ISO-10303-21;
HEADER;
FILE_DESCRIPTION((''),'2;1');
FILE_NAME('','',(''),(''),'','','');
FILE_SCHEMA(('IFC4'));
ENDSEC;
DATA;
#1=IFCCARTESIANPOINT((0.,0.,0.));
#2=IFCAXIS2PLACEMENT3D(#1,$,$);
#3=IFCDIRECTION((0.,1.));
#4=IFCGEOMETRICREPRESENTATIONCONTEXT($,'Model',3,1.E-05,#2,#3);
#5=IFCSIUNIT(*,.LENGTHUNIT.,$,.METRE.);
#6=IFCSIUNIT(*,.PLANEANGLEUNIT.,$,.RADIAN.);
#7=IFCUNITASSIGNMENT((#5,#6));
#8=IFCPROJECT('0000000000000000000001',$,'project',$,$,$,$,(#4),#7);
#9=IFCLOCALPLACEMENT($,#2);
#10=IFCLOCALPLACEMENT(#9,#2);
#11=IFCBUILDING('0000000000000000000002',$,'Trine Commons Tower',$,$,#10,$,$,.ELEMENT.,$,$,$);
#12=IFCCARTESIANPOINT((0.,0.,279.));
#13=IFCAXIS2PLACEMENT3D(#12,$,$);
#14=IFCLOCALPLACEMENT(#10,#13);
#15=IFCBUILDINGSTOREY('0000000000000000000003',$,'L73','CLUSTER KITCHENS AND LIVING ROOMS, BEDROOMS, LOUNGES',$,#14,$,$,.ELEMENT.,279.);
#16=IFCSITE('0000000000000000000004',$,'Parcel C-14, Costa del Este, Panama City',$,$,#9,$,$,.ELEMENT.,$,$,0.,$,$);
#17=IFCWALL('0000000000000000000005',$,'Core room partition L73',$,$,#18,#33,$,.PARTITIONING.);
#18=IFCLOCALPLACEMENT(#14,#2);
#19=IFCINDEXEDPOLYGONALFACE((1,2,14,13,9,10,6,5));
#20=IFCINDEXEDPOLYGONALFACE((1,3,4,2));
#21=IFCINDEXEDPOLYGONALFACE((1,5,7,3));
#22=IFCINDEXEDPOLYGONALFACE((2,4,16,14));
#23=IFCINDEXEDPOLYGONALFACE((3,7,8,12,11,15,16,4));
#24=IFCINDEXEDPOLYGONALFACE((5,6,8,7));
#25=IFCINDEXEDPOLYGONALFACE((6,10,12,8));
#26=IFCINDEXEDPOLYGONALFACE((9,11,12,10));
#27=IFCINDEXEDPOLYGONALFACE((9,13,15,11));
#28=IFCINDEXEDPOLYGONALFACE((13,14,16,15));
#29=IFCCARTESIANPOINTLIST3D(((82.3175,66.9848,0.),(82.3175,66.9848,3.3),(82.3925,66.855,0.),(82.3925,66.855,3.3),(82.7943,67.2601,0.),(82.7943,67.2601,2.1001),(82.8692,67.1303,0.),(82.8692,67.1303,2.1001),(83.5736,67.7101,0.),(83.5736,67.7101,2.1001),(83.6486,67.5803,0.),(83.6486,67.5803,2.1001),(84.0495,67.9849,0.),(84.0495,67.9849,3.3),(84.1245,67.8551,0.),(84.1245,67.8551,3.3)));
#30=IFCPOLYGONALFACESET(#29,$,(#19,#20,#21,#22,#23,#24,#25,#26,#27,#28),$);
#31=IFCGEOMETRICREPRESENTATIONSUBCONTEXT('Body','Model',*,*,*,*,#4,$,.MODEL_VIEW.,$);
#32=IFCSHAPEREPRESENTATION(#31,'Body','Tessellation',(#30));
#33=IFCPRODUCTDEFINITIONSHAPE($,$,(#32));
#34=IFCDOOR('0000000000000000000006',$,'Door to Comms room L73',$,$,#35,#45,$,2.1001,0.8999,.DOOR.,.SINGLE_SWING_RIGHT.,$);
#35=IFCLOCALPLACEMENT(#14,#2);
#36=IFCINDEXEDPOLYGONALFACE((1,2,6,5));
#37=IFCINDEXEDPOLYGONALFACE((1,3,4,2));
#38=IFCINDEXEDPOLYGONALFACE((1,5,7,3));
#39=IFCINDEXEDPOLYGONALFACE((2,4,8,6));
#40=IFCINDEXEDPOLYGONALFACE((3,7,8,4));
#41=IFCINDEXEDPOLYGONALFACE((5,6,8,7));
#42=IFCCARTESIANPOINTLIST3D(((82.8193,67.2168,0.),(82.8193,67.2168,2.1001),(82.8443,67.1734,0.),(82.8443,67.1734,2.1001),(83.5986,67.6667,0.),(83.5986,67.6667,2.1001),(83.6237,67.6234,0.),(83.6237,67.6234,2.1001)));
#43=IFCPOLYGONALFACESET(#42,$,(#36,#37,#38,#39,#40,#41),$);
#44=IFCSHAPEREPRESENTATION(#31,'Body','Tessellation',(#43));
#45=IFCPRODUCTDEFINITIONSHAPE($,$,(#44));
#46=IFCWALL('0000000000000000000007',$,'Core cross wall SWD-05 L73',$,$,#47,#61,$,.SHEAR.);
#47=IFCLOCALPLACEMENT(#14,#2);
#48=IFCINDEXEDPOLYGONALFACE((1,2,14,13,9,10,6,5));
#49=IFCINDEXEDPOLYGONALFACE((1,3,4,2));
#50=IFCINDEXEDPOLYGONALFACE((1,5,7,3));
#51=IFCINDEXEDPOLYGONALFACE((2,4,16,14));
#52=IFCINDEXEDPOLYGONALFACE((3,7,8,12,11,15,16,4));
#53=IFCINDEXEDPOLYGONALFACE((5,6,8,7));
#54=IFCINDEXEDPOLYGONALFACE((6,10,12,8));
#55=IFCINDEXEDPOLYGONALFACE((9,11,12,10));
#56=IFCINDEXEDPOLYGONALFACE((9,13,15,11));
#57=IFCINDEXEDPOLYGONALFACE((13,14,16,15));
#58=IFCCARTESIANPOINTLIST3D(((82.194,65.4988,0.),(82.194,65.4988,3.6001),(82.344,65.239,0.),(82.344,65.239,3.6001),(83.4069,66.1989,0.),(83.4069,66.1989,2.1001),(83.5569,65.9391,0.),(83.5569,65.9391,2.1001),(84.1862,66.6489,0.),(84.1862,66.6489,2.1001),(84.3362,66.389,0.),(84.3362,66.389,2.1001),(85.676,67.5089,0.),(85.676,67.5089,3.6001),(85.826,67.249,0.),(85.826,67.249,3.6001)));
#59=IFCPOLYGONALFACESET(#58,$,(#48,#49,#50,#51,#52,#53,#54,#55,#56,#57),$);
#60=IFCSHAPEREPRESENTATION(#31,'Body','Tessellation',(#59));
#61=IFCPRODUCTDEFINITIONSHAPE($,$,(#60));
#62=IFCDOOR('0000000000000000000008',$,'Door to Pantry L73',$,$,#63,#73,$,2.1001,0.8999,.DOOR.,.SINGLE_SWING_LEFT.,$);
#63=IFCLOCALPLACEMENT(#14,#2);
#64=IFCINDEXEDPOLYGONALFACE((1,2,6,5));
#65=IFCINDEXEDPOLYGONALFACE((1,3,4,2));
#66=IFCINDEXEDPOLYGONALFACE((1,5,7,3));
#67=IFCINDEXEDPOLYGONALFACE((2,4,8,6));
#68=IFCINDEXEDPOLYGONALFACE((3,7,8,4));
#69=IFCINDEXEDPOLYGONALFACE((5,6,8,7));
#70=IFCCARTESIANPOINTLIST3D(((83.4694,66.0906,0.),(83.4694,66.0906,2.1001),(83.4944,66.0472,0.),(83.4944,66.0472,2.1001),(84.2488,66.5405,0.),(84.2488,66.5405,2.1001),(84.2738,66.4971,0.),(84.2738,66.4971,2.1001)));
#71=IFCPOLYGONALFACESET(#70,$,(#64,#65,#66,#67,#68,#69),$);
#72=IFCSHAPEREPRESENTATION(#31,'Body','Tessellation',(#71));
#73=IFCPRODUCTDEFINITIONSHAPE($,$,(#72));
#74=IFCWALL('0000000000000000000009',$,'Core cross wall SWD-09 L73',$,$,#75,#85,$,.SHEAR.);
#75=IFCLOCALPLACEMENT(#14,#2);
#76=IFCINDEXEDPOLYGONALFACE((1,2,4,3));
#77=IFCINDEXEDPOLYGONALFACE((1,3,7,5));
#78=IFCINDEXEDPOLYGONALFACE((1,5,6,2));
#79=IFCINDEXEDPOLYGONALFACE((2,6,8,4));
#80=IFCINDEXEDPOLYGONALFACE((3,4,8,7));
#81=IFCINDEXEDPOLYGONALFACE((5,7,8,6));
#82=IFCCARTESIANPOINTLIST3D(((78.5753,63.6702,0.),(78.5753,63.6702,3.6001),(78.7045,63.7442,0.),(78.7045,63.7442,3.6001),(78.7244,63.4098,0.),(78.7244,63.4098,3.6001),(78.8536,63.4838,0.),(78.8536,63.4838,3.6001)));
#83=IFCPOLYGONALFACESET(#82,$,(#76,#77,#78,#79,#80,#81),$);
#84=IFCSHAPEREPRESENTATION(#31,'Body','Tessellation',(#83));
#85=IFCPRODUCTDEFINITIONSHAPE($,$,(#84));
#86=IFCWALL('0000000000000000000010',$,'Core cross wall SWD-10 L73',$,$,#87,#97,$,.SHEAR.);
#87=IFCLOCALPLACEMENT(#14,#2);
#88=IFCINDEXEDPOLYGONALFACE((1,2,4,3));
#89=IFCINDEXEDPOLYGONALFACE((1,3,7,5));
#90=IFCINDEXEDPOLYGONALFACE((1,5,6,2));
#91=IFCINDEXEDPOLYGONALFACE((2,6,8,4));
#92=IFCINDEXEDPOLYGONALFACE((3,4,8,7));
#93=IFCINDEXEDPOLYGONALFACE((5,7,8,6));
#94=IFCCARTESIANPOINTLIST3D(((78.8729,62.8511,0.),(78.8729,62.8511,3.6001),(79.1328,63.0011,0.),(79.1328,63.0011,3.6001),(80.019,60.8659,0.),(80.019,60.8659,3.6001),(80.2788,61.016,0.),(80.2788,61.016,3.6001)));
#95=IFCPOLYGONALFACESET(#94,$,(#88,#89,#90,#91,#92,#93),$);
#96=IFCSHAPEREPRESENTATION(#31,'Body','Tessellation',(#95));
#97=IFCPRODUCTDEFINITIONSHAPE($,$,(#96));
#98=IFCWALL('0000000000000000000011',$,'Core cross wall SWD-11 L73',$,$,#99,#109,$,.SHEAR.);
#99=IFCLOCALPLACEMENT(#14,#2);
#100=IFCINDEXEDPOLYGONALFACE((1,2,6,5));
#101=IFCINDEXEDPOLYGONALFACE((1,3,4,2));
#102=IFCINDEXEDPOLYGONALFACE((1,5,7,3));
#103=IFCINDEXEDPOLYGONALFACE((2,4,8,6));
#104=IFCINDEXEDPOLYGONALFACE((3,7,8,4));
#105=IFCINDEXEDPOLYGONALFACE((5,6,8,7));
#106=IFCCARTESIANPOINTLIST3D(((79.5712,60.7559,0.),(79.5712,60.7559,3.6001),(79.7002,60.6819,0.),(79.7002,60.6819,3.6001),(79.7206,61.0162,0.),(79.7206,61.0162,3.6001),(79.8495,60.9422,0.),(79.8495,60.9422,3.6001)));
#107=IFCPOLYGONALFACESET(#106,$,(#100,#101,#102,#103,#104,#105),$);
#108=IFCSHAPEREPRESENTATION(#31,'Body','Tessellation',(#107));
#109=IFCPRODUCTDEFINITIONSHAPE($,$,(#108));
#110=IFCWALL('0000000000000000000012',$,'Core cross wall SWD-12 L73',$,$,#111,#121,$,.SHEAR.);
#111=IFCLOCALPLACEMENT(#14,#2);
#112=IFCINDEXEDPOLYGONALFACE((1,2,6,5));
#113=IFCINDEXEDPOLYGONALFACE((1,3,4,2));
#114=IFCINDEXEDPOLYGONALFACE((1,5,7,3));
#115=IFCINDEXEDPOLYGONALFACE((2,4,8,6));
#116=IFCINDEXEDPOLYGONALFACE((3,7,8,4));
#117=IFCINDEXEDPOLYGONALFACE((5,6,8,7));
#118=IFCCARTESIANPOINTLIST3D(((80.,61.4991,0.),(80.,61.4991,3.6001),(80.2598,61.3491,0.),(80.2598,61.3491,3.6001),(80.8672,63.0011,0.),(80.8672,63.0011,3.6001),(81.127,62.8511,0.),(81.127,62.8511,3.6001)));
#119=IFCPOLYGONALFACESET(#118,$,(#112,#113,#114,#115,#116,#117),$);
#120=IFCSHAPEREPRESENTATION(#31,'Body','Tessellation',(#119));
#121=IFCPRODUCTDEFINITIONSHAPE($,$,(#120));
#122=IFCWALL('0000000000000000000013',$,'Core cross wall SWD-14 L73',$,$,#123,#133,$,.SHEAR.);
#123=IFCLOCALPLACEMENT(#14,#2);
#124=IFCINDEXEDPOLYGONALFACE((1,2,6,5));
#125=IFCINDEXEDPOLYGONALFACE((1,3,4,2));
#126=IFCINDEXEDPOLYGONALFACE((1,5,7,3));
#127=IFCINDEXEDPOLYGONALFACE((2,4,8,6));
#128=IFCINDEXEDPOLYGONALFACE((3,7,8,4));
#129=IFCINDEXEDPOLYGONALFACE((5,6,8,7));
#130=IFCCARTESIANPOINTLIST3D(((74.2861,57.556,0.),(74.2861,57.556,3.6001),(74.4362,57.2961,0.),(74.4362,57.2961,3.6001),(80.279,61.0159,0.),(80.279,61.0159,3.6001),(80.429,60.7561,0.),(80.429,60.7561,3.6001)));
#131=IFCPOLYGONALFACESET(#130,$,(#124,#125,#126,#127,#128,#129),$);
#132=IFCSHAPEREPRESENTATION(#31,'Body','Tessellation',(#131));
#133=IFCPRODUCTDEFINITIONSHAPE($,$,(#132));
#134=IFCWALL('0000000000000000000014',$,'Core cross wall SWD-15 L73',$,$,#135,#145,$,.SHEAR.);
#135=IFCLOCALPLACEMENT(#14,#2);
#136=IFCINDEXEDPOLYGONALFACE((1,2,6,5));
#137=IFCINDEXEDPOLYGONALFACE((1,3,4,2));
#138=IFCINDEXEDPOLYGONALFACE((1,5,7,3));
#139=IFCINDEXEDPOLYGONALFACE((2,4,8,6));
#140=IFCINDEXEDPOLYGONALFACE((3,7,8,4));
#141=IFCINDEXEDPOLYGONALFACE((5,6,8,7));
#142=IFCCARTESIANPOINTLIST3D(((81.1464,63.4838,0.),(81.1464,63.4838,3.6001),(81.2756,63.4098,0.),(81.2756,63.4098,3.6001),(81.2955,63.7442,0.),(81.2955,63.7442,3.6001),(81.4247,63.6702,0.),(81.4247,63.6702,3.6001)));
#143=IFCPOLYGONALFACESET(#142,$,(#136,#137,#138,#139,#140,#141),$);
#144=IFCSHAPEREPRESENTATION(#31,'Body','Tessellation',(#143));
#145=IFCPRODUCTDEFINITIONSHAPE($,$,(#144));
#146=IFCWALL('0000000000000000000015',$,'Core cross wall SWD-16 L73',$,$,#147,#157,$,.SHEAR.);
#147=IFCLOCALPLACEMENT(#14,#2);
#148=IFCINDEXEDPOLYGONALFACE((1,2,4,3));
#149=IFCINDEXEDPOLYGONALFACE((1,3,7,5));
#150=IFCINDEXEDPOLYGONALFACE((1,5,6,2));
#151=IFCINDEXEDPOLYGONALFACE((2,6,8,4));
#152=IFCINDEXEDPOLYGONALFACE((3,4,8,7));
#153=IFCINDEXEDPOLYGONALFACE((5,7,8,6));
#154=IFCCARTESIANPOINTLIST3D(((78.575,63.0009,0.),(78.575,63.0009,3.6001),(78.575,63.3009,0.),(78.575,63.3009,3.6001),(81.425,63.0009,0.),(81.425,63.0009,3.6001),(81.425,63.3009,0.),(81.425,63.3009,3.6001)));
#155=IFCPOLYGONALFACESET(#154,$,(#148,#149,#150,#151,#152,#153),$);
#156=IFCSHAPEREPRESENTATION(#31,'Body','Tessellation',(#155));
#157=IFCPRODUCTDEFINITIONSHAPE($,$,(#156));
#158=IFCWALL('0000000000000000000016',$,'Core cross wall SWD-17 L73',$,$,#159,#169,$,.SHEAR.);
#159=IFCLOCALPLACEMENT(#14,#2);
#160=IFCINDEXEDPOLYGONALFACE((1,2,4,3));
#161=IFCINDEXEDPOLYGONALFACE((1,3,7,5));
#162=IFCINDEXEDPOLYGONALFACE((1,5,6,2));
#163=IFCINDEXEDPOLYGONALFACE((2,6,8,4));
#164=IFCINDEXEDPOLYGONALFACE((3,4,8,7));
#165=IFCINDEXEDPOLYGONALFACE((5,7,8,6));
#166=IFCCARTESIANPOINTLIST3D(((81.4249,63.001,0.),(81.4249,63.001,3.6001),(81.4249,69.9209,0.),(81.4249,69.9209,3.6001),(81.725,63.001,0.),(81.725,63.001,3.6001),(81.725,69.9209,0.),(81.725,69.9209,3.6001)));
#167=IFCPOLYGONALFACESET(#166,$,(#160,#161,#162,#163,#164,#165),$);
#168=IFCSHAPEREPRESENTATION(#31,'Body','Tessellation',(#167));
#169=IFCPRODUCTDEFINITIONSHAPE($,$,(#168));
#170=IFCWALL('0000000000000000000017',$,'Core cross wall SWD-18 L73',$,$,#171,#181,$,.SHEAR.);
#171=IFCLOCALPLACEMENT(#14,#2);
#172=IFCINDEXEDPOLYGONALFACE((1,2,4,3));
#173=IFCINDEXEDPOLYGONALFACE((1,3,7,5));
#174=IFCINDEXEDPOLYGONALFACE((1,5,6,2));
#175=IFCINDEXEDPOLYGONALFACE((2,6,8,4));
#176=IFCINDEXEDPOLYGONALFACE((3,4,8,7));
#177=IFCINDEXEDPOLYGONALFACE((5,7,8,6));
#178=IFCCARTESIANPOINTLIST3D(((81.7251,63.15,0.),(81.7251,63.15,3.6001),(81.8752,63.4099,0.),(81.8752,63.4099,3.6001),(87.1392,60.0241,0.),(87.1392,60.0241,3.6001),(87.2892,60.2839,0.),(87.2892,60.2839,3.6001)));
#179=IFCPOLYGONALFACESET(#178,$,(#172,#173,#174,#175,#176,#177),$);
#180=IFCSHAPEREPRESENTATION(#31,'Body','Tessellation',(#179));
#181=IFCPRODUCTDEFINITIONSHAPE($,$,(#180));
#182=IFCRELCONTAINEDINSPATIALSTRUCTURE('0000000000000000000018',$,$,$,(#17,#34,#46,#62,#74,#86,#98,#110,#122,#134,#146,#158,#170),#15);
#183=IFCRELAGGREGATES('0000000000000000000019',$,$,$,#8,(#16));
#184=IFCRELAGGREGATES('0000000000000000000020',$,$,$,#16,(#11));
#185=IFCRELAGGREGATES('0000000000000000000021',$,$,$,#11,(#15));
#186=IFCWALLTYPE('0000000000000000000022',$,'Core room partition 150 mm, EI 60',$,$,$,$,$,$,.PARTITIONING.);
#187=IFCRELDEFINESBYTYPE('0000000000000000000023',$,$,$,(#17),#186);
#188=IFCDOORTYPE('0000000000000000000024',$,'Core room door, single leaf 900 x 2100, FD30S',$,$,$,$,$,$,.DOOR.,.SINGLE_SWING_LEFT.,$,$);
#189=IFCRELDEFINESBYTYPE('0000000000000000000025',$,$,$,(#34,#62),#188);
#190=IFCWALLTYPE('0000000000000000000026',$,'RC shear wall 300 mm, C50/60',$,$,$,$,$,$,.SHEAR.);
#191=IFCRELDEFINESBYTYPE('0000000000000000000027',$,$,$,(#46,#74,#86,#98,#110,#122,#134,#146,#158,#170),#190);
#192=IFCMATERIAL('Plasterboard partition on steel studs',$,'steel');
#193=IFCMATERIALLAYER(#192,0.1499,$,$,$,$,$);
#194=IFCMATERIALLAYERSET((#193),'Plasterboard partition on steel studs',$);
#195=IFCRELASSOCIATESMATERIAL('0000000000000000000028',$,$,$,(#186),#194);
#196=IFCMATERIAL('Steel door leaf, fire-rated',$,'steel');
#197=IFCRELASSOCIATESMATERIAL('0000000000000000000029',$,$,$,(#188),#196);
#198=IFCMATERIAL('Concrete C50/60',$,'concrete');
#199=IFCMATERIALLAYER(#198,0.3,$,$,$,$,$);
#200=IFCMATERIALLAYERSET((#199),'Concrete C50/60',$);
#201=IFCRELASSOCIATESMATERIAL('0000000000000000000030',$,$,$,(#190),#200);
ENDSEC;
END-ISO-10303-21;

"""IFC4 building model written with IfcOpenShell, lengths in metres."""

from ifc_helpers import new_model, si_unit, direction, frame, frame_2d, origin, place, context, subcontext, project, spatial, rectangle, extrude, material, layer, layer_set, type_object, element, fill, save


model = new_model("IFC4")

# Units and contexts
model_context = context("Model", 3, precision=1e-05, world=origin(), true_north=direction((0.0, 1.0)))
body_context = subcontext(model_context, "Body", "Model", "MODEL_VIEW")
ifc_project = project(units=[si_unit("LENGTHUNIT", "METRE"), si_unit("PLANEANGLEUNIT", "RADIAN")], contexts=[model_context])

# Site, building, storey
site_placement = place(None, origin())
site = spatial("IfcSite", under=ifc_project, at=site_placement, Name="Parcel C-14, Costa del Este, Panama City", CompositionType="ELEMENT", RefElevation=0.0)
building_placement = place(site_placement, origin())
building = spatial("IfcBuilding", under=site, at=building_placement, Name="Trine Commons Tower", CompositionType="ELEMENT")
storey_placement = place(building_placement, frame((0.0, 0.0, 279.0)))
storey = spatial("IfcBuildingStorey", under=building, at=storey_placement, Name="L73", Description="CLUSTER KITCHENS AND LIVING ROOMS, BEDROOMS, LOUNGES", CompositionType="ELEMENT", Elevation=279.0)

# Walls, openings, doors
ifc_material_1 = material(Name="Plasterboard partition on steel studs", Category="steel")
ifc_layer_1 = layer(ifc_material_1, 0.1499)
ifc_layer_set_1 = layer_set([ifc_layer_1], Name="Plasterboard partition on steel studs")
wall_type_1 = type_object("IfcWallType", Name="Core room partition 150 mm, EI 60", PredefinedType="PARTITIONING", material=ifc_layer_set_1)
wall_1_placement = place(storey_placement, frame((82.355, 66.9199, 0.0), z_axis=(0.0, 0.0, 1.0), x_axis=(0.866011, 0.500025, 0.0)))
wall_1 = element("IfcWall", 1, at=wall_1_placement, inside=storey, type_object=wall_type_1, Name="Core room partition L73", PredefinedType="PARTITIONING", context=body_context, shape_type="SweptSolid", body=[
    extrude(rectangle(XDim=2.0, YDim=0.1499, at=frame_2d((1.0, 0.0))), origin(), (0.0, 0.0, 1.0), 3.3),
])
opening_1_placement = place(wall_1_placement, frame((0.5505, 0.0, 0.0)))
opening_1 = element("IfcOpeningElement", 2, at=opening_1_placement, cuts=wall_1, PredefinedType="OPENING", context=body_context, shape_type="SweptSolid", body=[
    extrude(rectangle(XDim=0.8999, YDim=2.1001, at=frame_2d((0.45, 1.05))), frame((0.0, 0.085, 0.0), z_axis=(0.0, -1.0, 0.0), x_axis=(1.0, 0.0, 0.0)), (0.0, 0.0, 1.0), 0.1699),
])
ifc_material_2 = material(Name="Steel door leaf, fire-rated", Category="steel")
door_type = type_object("IfcDoorType", Name="Core room door, single leaf 900 x 2100, FD30S", OperationType="SINGLE_SWING_LEFT", PredefinedType="DOOR", material=ifc_material_2)
door_1_placement = place(opening_1_placement, origin())
door_1 = element("IfcDoor", 3, at=door_1_placement, inside=storey, type_object=door_type, Name="Door to Comms room L73", OperationType="SINGLE_SWING_RIGHT", OverallHeight=2.1001, OverallWidth=0.8999, PredefinedType="DOOR", context=body_context, shape_type="SweptSolid", body=[
    extrude(rectangle(XDim=0.8999, YDim=2.1001, at=frame_2d((0.45, 1.05))), frame((0.0, 0.0249, 0.0), z_axis=(0.0, -1.0, 0.0), x_axis=(1.0, 0.0, 0.0)), (0.0, 0.0, 1.0), 0.05),
])
fill(opening_1, door_1)
ifc_material_3 = material(Name="Concrete C50/60", Category="concrete")
ifc_layer_2 = layer(ifc_material_3, 0.3)
ifc_layer_set_2 = layer_set([ifc_layer_2], Name="Concrete C50/60")
wall_type_2 = type_object("IfcWallType", Name="RC shear wall 300 mm, C50/60", PredefinedType="SHEAR", material=ifc_layer_set_2)
wall_2_placement = place(storey_placement, frame((82.269, 65.3689, 0.0), z_axis=(0.0, 0.0, 1.0), x_axis=(0.866056, 0.499947, 0.0)))
wall_2 = element("IfcWall", 4, at=wall_2_placement, inside=storey, type_object=wall_type_2, Name="Core cross wall SWD-05 L73", PredefinedType="SHEAR", context=body_context, shape_type="SweptSolid", body=[
    extrude(rectangle(XDim=4.0205, YDim=0.3, at=frame_2d((2.0103, 0.0))), origin(), (0.0, 0.0, 1.0), 3.6001),
])
opening_2_placement = place(wall_2_placement, frame((1.4004, 0.0, 0.0)))
opening_2 = element("IfcOpeningElement", 5, at=opening_2_placement, cuts=wall_2, PredefinedType="OPENING", context=body_context, shape_type="SweptSolid", body=[
    extrude(rectangle(XDim=0.8999, YDim=2.1001, at=frame_2d((0.45, 1.05))), frame((0.0, 0.1599, 0.0), z_axis=(0.0, -1.0, 0.0), x_axis=(1.0, 0.0, 0.0)), (0.0, 0.0, 1.0), 0.3201),
])
door_2_placement = place(opening_2_placement, origin())
door_2 = element("IfcDoor", 6, at=door_2_placement, inside=storey, type_object=door_type, Name="Door to Pantry L73", OperationType="SINGLE_SWING_LEFT", OverallHeight=2.1001, OverallWidth=0.8999, PredefinedType="DOOR", context=body_context, shape_type="SweptSolid", body=[
    extrude(rectangle(XDim=0.8999, YDim=2.1001, at=frame_2d((0.45, 1.05))), frame((0.0, 0.0249, 0.0), z_axis=(0.0, -1.0, 0.0), x_axis=(1.0, 0.0, 0.0)), (0.0, 0.0, 1.0), 0.05),
])
fill(opening_2, door_2)

# Walls
wall_3_placement = place(storey_placement, frame((78.7791, 63.614, 0.0), z_axis=(0.0, 0.0, 1.0), x_axis=(-0.867738, -0.497022, 0.0)))
element("IfcWall", 7, at=wall_3_placement, inside=storey, type_object=wall_type_2, Name="Core cross wall SWD-09 L73", PredefinedType="SHEAR", context=body_context, shape_type="SweptSolid", body=[
    extrude(rectangle(XDim=0.1489, YDim=0.3, at=frame_2d((0.0745, 0.0))), origin(), (0.0, 0.0, 1.0), 3.6001),
])
wall_4_placement = place(storey_placement, frame((79.0029, 62.926, 0.0), z_axis=(0.0, 0.0, 1.0), x_axis=(0.499965, -0.866045, 0.0)))
element("IfcWall", 8, at=wall_4_placement, inside=storey, type_object=wall_type_2, Name="Core cross wall SWD-10 L73", PredefinedType="SHEAR", context=body_context, shape_type="SweptSolid", body=[
    extrude(rectangle(XDim=2.2922, YDim=0.3, at=frame_2d((1.146, 0.0))), origin(), (0.0, 0.0, 1.0), 3.6001),
])
wall_5_placement = place(storey_placement, frame((79.646, 60.886, 0.0), z_axis=(0.0, 0.0, 1.0), x_axis=(0.867332, -0.49773, 0.0)))
element("IfcWall", 9, at=wall_5_placement, inside=storey, type_object=wall_type_2, Name="Core cross wall SWD-11 L73", PredefinedType="SHEAR", context=body_context, shape_type="SweptSolid", body=[
    extrude(rectangle(XDim=0.1487, YDim=0.3, at=frame_2d((0.0742, 0.0))), origin(), (0.0, 0.0, 1.0), 3.6001),
])
wall_6_placement = place(storey_placement, frame((80.1299, 61.4241, 0.0), z_axis=(0.0, 0.0, 1.0), x_axis=(0.500015, 0.866017, 0.0)))
element("IfcWall", 10, at=wall_6_placement, inside=storey, type_object=wall_type_2, Name="Core cross wall SWD-12 L73", PredefinedType="SHEAR", context=body_context, shape_type="SweptSolid", body=[
    extrude(rectangle(XDim=1.7344, YDim=0.3, at=frame_2d((0.8672, 0.0))), origin(), (0.0, 0.0, 1.0), 3.6001),
])
wall_7_placement = place(storey_placement, frame((80.354, 60.886, 0.0), z_axis=(0.0, 0.0, 1.0), x_axis=(-0.866029, -0.499994, 0.0)))
element("IfcWall", 11, at=wall_7_placement, inside=storey, type_object=wall_type_2, Name="Core cross wall SWD-14 L73", PredefinedType="SHEAR", context=body_context, shape_type="SweptSolid", body=[
    extrude(rectangle(XDim=6.9199, YDim=0.3, at=frame_2d((3.46, 0.0))), origin(), (0.0, 0.0, 1.0), 3.6001),
])
wall_8_placement = place(storey_placement, frame((81.2209, 63.614, 0.0), z_axis=(0.0, 0.0, 1.0), x_axis=(0.867738, -0.497022, 0.0)))
element("IfcWall", 12, at=wall_8_placement, inside=storey, type_object=wall_type_2, Name="Core cross wall SWD-15 L73", PredefinedType="SHEAR", context=body_context, shape_type="SweptSolid", body=[
    extrude(rectangle(XDim=0.1489, YDim=0.3, at=frame_2d((0.0745, 0.0))), origin(), (0.0, 0.0, 1.0), 3.6001),
])
wall_9_placement = place(storey_placement, frame((81.425, 63.1509, 0.0), z_axis=(0.0, 0.0, 1.0), x_axis=(-1.0, 0.0, 0.0)))
element("IfcWall", 13, at=wall_9_placement, inside=storey, type_object=wall_type_2, Name="Core cross wall SWD-16 L73", PredefinedType="SHEAR", context=body_context, shape_type="SweptSolid", body=[
    extrude(rectangle(XDim=2.8501, YDim=0.3, at=frame_2d((1.425, 0.0))), origin(), (0.0, 0.0, 1.0), 3.6001),
])
wall_10_placement = place(storey_placement, frame((81.575, 63.001, 0.0), z_axis=(0.0, 0.0, 1.0), x_axis=(0.0, 1.0, 0.0)))
element("IfcWall", 14, at=wall_10_placement, inside=storey, type_object=wall_type_2, Name="Core cross wall SWD-17 L73", PredefinedType="SHEAR", context=body_context, shape_type="SweptSolid", body=[
    extrude(rectangle(XDim=6.9199, YDim=0.3, at=frame_2d((3.46, 0.0))), origin(), (0.0, 0.0, 1.0), 3.6001),
])
wall_11_placement = place(storey_placement, frame((81.8, 63.28, 0.0), z_axis=(0.0, 0.0, 1.0), x_axis=(0.866014, -0.50002, 0.0)))
element("IfcWall", 15, at=wall_11_placement, inside=storey, type_object=wall_type_2, Name="Core cross wall SWD-18 L73", PredefinedType="SHEAR", context=body_context, shape_type="SweptSolid", body=[
    extrude(rectangle(XDim=6.2517, YDim=0.3, at=frame_2d((3.126, 0.0))), origin(), (0.0, 0.0, 1.0), 3.6001),
])

save(model, "model.ifc")
